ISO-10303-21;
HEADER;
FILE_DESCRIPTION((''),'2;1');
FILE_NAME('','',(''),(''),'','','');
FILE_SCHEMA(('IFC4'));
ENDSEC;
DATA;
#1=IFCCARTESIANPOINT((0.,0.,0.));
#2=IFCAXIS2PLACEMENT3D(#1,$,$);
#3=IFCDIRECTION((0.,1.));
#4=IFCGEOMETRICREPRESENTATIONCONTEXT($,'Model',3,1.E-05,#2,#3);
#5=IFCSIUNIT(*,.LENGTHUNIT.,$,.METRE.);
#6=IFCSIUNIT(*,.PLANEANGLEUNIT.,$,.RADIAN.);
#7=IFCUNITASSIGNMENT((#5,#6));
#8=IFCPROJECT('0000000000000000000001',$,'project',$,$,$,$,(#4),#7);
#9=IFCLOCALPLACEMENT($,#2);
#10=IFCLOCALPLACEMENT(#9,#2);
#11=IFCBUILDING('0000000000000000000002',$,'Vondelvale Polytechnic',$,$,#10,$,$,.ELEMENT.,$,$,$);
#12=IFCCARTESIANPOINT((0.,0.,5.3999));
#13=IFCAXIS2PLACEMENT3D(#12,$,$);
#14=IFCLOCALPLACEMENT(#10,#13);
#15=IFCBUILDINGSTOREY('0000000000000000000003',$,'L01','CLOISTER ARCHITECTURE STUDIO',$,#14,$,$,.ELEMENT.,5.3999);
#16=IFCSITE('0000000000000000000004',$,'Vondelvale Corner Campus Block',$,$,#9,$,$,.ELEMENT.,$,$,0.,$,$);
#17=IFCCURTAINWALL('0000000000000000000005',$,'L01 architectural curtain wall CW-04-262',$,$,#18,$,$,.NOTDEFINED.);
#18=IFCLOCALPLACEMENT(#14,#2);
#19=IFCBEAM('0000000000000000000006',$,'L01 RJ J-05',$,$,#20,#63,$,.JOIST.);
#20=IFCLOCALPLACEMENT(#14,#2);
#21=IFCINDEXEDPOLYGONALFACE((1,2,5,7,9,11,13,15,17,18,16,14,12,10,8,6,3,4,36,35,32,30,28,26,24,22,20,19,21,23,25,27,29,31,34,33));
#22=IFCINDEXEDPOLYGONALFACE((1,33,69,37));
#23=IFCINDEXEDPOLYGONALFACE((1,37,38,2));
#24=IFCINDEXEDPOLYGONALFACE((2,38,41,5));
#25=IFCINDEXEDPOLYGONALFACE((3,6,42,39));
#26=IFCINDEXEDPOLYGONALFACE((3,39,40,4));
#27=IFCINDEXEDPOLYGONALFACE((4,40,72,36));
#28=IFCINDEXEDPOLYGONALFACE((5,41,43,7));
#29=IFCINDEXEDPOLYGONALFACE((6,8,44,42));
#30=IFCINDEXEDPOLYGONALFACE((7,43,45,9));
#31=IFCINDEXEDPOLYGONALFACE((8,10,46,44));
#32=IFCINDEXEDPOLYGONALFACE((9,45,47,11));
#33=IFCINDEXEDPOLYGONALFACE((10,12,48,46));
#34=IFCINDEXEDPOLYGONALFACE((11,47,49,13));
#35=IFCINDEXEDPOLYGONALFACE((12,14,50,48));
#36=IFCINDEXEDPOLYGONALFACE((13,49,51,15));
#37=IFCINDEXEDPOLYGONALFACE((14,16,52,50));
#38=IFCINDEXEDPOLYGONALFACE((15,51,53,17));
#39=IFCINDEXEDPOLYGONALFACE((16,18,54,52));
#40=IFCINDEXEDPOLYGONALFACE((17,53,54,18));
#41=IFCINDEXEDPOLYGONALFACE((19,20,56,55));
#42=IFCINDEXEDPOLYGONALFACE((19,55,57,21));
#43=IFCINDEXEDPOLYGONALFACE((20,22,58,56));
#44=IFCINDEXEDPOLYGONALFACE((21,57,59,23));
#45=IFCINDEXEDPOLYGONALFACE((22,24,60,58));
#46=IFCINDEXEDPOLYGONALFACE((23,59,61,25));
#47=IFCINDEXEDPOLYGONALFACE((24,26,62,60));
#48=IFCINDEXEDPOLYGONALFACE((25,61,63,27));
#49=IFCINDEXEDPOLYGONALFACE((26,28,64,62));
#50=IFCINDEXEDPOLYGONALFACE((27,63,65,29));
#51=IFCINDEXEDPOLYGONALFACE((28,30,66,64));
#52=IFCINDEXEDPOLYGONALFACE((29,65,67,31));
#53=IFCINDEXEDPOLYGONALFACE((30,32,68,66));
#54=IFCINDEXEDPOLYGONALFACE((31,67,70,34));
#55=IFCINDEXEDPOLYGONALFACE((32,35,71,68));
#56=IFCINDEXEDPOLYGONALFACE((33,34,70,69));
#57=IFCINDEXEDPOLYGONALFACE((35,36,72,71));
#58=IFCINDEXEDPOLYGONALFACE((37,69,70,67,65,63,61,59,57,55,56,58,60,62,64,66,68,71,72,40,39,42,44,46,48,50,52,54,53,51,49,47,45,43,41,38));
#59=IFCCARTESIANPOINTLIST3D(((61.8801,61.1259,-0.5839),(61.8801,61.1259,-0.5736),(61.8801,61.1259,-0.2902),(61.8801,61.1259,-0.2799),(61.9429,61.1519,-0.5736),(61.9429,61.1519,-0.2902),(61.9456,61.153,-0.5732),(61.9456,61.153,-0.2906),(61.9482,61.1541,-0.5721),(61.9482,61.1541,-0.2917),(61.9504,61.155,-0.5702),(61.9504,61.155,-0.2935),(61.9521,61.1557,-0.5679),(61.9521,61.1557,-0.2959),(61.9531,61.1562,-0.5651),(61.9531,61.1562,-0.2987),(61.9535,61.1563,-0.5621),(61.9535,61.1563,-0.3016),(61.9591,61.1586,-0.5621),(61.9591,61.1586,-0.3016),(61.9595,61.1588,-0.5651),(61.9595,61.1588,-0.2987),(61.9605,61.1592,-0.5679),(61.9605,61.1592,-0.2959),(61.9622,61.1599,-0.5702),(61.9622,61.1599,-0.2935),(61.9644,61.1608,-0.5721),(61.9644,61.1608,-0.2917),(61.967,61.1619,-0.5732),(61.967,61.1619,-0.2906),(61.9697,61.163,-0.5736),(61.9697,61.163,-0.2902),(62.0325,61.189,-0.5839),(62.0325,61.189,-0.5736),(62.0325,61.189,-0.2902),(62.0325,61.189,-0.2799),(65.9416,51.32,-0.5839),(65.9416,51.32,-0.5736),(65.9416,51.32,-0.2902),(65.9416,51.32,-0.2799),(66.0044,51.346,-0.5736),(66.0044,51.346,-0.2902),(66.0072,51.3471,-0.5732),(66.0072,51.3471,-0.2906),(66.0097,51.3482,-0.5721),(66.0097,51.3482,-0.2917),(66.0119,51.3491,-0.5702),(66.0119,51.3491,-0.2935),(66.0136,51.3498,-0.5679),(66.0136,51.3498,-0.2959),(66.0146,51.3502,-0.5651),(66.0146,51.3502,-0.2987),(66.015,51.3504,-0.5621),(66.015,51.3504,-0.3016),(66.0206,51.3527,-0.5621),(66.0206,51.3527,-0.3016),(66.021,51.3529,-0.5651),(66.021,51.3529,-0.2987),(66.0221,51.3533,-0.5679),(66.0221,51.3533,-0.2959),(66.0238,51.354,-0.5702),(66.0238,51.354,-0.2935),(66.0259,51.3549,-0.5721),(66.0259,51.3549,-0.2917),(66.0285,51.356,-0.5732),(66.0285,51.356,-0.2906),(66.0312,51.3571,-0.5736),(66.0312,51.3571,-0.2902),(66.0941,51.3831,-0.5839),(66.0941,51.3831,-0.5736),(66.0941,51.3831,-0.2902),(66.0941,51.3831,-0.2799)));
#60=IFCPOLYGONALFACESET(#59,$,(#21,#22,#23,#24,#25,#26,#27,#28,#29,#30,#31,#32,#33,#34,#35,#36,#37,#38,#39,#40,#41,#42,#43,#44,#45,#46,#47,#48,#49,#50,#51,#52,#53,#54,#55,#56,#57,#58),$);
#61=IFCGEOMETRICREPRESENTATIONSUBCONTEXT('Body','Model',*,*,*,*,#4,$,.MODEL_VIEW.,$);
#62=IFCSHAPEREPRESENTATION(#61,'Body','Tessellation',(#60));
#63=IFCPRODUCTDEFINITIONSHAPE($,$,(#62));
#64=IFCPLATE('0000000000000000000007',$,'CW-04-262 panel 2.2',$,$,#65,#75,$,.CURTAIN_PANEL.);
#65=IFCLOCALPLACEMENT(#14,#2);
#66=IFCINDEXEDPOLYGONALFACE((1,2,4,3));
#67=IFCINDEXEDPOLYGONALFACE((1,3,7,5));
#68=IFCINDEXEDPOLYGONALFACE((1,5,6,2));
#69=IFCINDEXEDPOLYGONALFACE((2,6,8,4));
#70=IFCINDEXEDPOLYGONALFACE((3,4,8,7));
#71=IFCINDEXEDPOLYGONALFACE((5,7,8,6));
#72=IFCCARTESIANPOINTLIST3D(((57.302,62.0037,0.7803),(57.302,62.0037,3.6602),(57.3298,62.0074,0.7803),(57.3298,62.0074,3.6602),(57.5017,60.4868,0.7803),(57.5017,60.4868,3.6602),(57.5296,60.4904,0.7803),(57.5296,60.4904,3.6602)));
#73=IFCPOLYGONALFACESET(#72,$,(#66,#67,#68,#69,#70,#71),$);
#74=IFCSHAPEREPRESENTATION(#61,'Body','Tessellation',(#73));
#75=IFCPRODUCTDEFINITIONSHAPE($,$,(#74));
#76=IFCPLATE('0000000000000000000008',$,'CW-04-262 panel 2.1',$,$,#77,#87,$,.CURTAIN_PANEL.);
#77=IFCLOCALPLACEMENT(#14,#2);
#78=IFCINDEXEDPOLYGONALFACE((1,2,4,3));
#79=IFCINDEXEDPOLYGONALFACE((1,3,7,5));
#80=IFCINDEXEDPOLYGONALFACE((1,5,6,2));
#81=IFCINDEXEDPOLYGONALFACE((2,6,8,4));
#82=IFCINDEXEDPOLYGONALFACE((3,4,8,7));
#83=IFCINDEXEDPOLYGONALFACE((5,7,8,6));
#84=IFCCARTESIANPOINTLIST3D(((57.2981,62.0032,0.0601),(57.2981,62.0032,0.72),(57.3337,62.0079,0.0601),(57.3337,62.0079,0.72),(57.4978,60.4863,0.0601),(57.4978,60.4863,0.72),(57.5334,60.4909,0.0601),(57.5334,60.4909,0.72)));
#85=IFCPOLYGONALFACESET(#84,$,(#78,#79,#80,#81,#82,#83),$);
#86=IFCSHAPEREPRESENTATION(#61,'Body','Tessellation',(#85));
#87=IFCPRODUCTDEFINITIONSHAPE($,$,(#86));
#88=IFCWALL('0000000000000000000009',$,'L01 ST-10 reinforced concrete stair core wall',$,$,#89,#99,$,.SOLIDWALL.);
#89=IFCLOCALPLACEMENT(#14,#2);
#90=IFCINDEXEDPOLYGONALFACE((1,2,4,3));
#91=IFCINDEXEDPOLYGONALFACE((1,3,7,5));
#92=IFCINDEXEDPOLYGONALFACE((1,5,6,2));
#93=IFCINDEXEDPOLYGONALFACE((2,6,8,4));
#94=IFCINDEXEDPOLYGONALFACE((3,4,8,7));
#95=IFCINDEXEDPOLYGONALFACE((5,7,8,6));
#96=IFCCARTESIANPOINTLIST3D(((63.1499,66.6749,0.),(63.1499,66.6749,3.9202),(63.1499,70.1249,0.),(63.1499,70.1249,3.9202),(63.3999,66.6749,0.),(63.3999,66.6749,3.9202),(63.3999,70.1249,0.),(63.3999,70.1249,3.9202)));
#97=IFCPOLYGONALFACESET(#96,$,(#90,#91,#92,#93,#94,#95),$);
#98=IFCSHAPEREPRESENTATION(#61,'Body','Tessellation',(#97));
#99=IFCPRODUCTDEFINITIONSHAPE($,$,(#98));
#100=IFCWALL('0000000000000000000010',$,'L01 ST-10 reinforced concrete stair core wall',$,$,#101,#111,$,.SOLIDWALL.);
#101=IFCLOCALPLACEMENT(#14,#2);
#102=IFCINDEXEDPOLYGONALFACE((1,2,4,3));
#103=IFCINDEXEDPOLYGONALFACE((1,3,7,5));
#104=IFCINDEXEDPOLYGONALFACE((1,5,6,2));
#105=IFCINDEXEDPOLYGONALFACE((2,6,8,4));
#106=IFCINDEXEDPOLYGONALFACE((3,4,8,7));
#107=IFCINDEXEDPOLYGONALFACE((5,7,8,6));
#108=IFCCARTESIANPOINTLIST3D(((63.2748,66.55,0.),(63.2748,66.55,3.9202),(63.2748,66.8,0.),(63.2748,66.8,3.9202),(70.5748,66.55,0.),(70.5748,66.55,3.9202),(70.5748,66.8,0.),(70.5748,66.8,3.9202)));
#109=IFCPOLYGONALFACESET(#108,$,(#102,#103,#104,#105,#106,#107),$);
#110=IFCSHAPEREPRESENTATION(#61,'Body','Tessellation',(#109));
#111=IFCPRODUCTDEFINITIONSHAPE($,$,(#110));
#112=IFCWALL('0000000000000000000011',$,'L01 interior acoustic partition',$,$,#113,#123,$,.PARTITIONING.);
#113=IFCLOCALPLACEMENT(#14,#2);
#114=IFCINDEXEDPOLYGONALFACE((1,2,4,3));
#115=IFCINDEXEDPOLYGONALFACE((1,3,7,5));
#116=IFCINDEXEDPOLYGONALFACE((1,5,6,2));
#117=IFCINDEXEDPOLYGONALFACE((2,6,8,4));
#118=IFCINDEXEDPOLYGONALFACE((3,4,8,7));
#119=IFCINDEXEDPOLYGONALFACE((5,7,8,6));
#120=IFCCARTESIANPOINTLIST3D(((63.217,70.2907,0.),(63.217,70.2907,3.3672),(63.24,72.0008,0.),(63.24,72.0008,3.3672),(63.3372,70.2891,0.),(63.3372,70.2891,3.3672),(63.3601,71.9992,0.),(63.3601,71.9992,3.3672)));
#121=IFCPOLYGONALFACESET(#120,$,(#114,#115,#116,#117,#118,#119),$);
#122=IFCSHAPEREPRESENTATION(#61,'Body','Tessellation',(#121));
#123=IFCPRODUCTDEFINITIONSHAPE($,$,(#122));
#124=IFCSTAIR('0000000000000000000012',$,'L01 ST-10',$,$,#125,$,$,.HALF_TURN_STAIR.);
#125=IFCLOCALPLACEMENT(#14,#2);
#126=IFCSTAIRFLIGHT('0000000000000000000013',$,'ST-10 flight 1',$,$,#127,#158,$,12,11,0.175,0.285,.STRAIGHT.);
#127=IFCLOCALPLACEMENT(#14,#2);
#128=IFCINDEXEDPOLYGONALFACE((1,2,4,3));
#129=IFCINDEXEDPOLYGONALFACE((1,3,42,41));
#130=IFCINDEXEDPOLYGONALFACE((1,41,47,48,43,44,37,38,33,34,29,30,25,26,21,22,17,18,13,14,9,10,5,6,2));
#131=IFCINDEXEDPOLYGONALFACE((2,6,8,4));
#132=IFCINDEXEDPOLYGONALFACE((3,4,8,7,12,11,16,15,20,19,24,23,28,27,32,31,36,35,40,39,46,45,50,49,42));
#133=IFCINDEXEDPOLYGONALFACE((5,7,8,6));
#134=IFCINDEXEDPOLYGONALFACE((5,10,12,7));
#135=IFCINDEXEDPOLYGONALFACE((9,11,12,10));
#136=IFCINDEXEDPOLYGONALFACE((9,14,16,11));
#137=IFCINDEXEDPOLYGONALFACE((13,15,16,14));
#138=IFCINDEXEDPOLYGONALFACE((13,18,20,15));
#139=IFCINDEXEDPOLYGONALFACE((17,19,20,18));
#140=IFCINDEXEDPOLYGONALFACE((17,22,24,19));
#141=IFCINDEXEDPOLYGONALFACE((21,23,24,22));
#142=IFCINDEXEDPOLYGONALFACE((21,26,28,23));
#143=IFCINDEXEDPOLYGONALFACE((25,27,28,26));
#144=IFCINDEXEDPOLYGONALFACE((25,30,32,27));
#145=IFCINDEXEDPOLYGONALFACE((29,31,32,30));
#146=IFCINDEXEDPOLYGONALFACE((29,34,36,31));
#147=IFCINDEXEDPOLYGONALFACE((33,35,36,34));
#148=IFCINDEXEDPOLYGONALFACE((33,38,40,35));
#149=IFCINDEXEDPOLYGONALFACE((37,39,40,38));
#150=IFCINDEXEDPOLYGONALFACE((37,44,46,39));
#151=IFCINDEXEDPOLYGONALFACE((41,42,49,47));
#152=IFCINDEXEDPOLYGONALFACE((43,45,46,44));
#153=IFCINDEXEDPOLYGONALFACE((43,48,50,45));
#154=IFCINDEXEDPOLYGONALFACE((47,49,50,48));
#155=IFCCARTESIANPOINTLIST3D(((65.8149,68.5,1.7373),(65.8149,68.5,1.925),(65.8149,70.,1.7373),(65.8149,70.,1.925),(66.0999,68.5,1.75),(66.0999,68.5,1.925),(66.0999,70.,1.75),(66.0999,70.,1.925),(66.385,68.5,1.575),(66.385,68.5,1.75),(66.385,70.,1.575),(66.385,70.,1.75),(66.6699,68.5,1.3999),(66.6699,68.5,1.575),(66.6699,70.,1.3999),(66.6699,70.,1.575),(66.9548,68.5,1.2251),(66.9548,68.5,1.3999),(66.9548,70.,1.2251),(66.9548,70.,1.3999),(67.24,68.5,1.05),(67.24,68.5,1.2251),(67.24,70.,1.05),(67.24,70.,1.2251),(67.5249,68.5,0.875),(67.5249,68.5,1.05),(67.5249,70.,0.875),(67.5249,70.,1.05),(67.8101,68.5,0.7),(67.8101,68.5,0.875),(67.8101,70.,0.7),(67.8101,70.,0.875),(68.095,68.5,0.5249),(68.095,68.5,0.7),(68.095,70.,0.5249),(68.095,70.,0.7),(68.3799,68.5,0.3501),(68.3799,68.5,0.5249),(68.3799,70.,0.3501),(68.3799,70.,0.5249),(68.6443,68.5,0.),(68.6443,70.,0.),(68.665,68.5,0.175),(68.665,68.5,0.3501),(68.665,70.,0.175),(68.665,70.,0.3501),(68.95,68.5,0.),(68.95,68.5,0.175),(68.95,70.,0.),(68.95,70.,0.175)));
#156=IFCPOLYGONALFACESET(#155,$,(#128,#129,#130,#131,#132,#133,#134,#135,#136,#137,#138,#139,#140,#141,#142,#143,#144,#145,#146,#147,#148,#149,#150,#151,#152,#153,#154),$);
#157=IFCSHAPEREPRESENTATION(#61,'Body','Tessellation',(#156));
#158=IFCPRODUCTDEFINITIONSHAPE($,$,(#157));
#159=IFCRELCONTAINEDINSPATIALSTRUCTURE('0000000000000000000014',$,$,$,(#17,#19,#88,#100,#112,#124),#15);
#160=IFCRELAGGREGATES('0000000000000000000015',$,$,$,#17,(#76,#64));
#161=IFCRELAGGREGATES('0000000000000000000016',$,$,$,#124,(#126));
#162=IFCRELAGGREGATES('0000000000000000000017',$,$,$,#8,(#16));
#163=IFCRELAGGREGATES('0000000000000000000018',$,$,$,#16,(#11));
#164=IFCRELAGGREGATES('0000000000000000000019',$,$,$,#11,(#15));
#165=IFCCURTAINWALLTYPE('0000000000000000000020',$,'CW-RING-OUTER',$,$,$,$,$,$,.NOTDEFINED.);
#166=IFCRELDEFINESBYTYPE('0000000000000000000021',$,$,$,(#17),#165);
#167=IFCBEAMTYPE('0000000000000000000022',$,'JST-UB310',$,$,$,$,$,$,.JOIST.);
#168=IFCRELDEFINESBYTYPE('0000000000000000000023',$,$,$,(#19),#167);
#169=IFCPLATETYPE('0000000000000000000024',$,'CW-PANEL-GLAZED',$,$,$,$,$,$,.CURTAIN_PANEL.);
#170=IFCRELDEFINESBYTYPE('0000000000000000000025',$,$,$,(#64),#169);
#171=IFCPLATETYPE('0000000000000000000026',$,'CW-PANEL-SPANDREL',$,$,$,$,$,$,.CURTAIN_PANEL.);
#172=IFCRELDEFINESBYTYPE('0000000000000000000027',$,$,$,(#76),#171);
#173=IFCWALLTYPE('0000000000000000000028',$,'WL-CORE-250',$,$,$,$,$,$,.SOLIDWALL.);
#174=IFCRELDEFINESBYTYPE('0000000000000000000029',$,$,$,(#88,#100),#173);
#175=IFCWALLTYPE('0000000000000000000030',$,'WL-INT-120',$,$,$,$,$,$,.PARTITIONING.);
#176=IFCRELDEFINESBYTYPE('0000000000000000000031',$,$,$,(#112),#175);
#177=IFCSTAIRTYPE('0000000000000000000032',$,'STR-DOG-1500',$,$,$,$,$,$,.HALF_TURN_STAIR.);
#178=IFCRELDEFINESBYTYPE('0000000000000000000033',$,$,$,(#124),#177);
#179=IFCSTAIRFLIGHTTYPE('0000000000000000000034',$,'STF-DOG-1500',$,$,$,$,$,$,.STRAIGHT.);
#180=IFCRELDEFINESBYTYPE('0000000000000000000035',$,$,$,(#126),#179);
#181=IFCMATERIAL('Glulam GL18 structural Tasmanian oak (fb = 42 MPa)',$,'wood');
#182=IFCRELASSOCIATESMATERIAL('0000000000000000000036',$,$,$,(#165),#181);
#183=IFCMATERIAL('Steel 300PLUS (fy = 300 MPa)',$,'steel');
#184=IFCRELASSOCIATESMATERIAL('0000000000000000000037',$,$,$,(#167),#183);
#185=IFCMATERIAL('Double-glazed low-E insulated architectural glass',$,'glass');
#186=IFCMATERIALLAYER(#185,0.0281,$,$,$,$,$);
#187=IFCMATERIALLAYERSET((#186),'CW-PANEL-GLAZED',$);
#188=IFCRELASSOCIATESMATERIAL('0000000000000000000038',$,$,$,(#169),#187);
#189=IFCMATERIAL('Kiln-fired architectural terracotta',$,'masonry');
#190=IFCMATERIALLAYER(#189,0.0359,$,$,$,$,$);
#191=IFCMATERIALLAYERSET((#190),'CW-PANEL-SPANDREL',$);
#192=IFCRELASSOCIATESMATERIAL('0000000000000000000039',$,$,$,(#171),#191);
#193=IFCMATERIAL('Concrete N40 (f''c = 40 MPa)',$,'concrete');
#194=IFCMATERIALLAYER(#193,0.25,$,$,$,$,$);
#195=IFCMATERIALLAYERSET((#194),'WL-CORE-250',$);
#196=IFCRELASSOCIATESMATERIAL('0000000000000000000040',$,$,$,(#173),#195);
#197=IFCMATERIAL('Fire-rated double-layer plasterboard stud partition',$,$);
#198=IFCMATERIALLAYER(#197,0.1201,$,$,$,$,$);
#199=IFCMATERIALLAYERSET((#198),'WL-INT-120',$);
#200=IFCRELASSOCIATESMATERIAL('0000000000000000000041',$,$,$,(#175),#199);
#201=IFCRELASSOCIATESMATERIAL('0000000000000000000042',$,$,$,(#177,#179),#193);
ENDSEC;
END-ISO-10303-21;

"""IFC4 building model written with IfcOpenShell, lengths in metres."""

from ifc_helpers import new_model, si_unit, direction, frame, frame_2d, origin, origin_2d, place, context, subcontext, project, spatial, polyline, rectangle, i_section, outline, extrude, material, layer, layer_set, material_profile, profile_set, type_object, element, aggregate, save


model = new_model("IFC4")

# Units and contexts
model_context = context("Model", 3, precision=1e-05, world=origin(), true_north=direction((0.0, 1.0)))
body_context = subcontext(model_context, "Body", "Model", "MODEL_VIEW")
ifc_project = project(units=[si_unit("LENGTHUNIT", "METRE"), si_unit("PLANEANGLEUNIT", "RADIAN")], contexts=[model_context])

# Site, building, storey
site_placement = place(None, origin())
site = spatial("IfcSite", under=ifc_project, at=site_placement, Name="Vondelvale Corner Campus Block", CompositionType="ELEMENT", RefElevation=0.0)
building_placement = place(site_placement, origin())
building = spatial("IfcBuilding", under=site, at=building_placement, Name="Vondelvale Polytechnic", CompositionType="ELEMENT")
storey_placement = place(building_placement, frame((0.0, 0.0, 5.3999)))
storey = spatial("IfcBuildingStorey", under=building, at=storey_placement, Name="L01", Description="CLOISTER ARCHITECTURE STUDIO", CompositionType="ELEMENT", Elevation=5.3999)

# Shared definitions
ifc_material_1 = material(Name="Steel 300PLUS (fy = 300 MPa)", Category="steel")

# Shared definitions
ifc_material_2 = material(Name="Concrete N40 (f'c = 40 MPa)", Category="concrete")

# Curtain wall
ifc_material_3 = material(Name="Glulam GL18 structural Tasmanian oak (fb = 42 MPa)", Category="wood")
curtain_wall_type = type_object("IfcCurtainWallType", Name="CW-RING-OUTER", PredefinedType="NOTDEFINED", material=ifc_material_3)
curtain_wall_placement = place(storey_placement, origin())
curtain_wall = element("IfcCurtainWall", 1, at=curtain_wall_placement, inside=storey, type_object=curtain_wall_type, Name="L01 architectural curtain wall CW-04-262", PredefinedType="NOTDEFINED")

# Beam
ifc_material_profile_1 = material_profile(ifc_material_1, i_section(OverallWidth=0.165, OverallDepth=0.304, WebThickness=0.0061, FlangeThickness=0.0103, FilletRadius=0.0115, at=origin_2d()), Name="310UB40.4")
ifc_profile_set_1 = profile_set([ifc_material_profile_1], Name="Steel 300PLUS (fy = 300 MPa)")
beam_type_1 = type_object("IfcBeamType", Name="JST-UB310", PredefinedType="JOIST", material=ifc_profile_set_1)
beam_1_placement = place(storey_placement, frame((61.9563, 61.1575, -0.4319), z_axis=(0.382666, -0.923887, 0.0), x_axis=(0.923887, 0.382666, 0.0)))
element("IfcBeam", 2, at=beam_1_placement, inside=storey, type_object=beam_type_1, Name="L01 RJ J-05", PredefinedType="JOIST", context=body_context, shape_type="SweptSolid", body=[
    extrude(i_section(OverallWidth=0.165, OverallDepth=0.304, WebThickness=0.0061, FlangeThickness=0.0103, FilletRadius=0.0115, at=origin_2d()), origin(), (0.0, 0.0, 1.0), 10.6138),
])

# Plates
ifc_material_4 = material(Name="Double-glazed low-E insulated architectural glass", Category="glass")
ifc_layer_1 = layer(ifc_material_4, 0.0281)
ifc_layer_set_1 = layer_set([ifc_layer_1], Name="CW-PANEL-GLAZED")
plate_type_1 = type_object("IfcPlateType", Name="CW-PANEL-GLAZED", PredefinedType="CURTAIN_PANEL", material=ifc_layer_set_1)
plate_1_placement = place(storey_placement, frame((57.4158, 61.2471, 0.7803), z_axis=(0.0, 0.0, 1.0), x_axis=(0.13054, -0.991443, 0.0)))
plate_1 = element("IfcPlate", 3, at=plate_1_placement, type_object=plate_type_1, Name="CW-04-262 panel 2.2", PredefinedType="CURTAIN_PANEL", context=body_context, shape_type="SweptSolid", body=[
    extrude(rectangle(XDim=1.53, YDim=0.0281, at=origin_2d()), origin(), (0.0, 0.0, 1.0), 2.8799),
])
ifc_material_5 = material(Name="Kiln-fired architectural terracotta", Category="masonry")
ifc_layer_2 = layer(ifc_material_5, 0.0359)
ifc_layer_set_2 = layer_set([ifc_layer_2], Name="CW-PANEL-SPANDREL")
plate_type_2 = type_object("IfcPlateType", Name="CW-PANEL-SPANDREL", PredefinedType="CURTAIN_PANEL", material=ifc_layer_set_2)
plate_2_placement = place(storey_placement, frame((57.4158, 61.2471, 0.0601), z_axis=(0.0, 0.0, 1.0), x_axis=(0.13054, -0.991443, 0.0)))
plate_2 = element("IfcPlate", 4, at=plate_2_placement, type_object=plate_type_2, Name="CW-04-262 panel 2.1", PredefinedType="CURTAIN_PANEL", context=body_context, shape_type="SweptSolid", body=[
    extrude(rectangle(XDim=1.53, YDim=0.0359, at=origin_2d()), origin(), (0.0, 0.0, 1.0), 0.6599),
])
aggregate(curtain_wall, [plate_2, plate_1])

# Walls
ifc_layer_3 = layer(ifc_material_2, 0.25)
ifc_layer_set_3 = layer_set([ifc_layer_3], Name="WL-CORE-250")
wall_type_1 = type_object("IfcWallType", Name="WL-CORE-250", PredefinedType="SOLIDWALL", material=ifc_layer_set_3)
wall_1_placement = place(storey_placement, frame((63.2749, 70.125, 0.0), z_axis=(0.0, 0.0, 1.0), x_axis=(0.0, -1.0, 0.0)))
element("IfcWall", 5, at=wall_1_placement, inside=storey, type_object=wall_type_1, Name="L01 ST-10 reinforced concrete stair core wall", PredefinedType="SOLIDWALL", context=body_context, shape_type="SweptSolid", body=[
    extrude(rectangle(XDim=3.45, YDim=0.25, at=frame_2d((1.7251, 0.0))), origin(), (0.0, 0.0, 1.0), 3.9202),
])
wall_2_placement = place(storey_placement, frame((63.2749, 66.675, 0.0), z_axis=(0.0, 0.0, 1.0), x_axis=(1.0, 0.0, 0.0)))
element("IfcWall", 6, at=wall_2_placement, inside=storey, type_object=wall_type_1, Name="L01 ST-10 reinforced concrete stair core wall", PredefinedType="SOLIDWALL", context=body_context, shape_type="SweptSolid", body=[
    extrude(rectangle(XDim=7.3, YDim=0.25, at=frame_2d((3.6499, 0.0))), origin(), (0.0, 0.0, 1.0), 3.9202),
])
ifc_material_6 = material(Name="Fire-rated double-layer plasterboard stud partition")
ifc_layer_4 = layer(ifc_material_6, 0.1201)
ifc_layer_set_4 = layer_set([ifc_layer_4], Name="WL-INT-120")
wall_type_2 = type_object("IfcWallType", Name="WL-INT-120", PredefinedType="PARTITIONING", material=ifc_layer_set_4)
wall_3_placement = place(storey_placement, frame((63.2771, 70.29, 0.0), z_axis=(0.0, 0.0, 1.0), x_axis=(0.01342, 0.99991, 0.0)))
element("IfcWall", 7, at=wall_3_placement, inside=storey, type_object=wall_type_2, Name="L01 interior acoustic partition", PredefinedType="PARTITIONING", context=body_context, shape_type="SweptSolid", body=[
    extrude(rectangle(XDim=1.7102, YDim=0.1201, at=frame_2d((0.855, 0.0))), origin(), (0.0, 0.0, 1.0), 3.3672),
])

# Stair, stair flight
stair_type = type_object("IfcStairType", Name="STR-DOG-1500", PredefinedType="HALF_TURN_STAIR", material=ifc_material_2)
stair_placement = place(storey_placement, origin())
stair = element("IfcStair", 8, at=stair_placement, inside=storey, type_object=stair_type, Name="L01 ST-10", PredefinedType="HALF_TURN_STAIR")
stair_flight_type = type_object("IfcStairFlightType", Name="STF-DOG-1500", PredefinedType="STRAIGHT", material=ifc_material_2)
stair_flight_1_placement = place(storey_placement, frame((68.95, 69.25, 0.0), z_axis=(0.0, 0.0, 1.0), x_axis=(-1.0, 0.0, 0.0)))
stair_flight_1 = element("IfcStairFlight", 9, at=stair_flight_1_placement, type_object=stair_flight_type, Name="ST-10 flight 1", NumberOfRisers=12, NumberOfTreads=11, PredefinedType="STRAIGHT", RiserHeight=0.175, TreadLength=0.285, context=body_context, shape_type="SweptSolid", body=[
    extrude(outline(polyline([(0.0, 0.0), (0.0, 0.175), (0.2849, 0.175), (0.2849, 0.3501), (0.5701, 0.3501), (0.5701, 0.5249), (0.855, 0.5249), (0.855, 0.7), (1.1399, 0.7), (1.1399, 0.875), (1.425, 0.875), (1.425, 1.05), (1.71, 1.05), (1.71, 1.2251), (1.9951, 1.2251), (1.9951, 1.3999), (2.28, 1.3999), (2.28, 1.575), (2.5649, 1.575), (2.5649, 1.75), (2.8501, 1.75), (2.8501, 1.925), (3.135, 1.925), (3.135, 2.1001), (3.135, 1.7373), (0.3057, 0.0), (0.0, 0.0)])), frame((0.0, 0.75, 0.0), z_axis=(0.0, -1.0, 0.0), x_axis=(1.0, 0.0, 0.0)), (0.0, 0.0, 1.0), 1.5),
])
aggregate(stair, [stair_flight_1])

save(model, "model.ifc")
